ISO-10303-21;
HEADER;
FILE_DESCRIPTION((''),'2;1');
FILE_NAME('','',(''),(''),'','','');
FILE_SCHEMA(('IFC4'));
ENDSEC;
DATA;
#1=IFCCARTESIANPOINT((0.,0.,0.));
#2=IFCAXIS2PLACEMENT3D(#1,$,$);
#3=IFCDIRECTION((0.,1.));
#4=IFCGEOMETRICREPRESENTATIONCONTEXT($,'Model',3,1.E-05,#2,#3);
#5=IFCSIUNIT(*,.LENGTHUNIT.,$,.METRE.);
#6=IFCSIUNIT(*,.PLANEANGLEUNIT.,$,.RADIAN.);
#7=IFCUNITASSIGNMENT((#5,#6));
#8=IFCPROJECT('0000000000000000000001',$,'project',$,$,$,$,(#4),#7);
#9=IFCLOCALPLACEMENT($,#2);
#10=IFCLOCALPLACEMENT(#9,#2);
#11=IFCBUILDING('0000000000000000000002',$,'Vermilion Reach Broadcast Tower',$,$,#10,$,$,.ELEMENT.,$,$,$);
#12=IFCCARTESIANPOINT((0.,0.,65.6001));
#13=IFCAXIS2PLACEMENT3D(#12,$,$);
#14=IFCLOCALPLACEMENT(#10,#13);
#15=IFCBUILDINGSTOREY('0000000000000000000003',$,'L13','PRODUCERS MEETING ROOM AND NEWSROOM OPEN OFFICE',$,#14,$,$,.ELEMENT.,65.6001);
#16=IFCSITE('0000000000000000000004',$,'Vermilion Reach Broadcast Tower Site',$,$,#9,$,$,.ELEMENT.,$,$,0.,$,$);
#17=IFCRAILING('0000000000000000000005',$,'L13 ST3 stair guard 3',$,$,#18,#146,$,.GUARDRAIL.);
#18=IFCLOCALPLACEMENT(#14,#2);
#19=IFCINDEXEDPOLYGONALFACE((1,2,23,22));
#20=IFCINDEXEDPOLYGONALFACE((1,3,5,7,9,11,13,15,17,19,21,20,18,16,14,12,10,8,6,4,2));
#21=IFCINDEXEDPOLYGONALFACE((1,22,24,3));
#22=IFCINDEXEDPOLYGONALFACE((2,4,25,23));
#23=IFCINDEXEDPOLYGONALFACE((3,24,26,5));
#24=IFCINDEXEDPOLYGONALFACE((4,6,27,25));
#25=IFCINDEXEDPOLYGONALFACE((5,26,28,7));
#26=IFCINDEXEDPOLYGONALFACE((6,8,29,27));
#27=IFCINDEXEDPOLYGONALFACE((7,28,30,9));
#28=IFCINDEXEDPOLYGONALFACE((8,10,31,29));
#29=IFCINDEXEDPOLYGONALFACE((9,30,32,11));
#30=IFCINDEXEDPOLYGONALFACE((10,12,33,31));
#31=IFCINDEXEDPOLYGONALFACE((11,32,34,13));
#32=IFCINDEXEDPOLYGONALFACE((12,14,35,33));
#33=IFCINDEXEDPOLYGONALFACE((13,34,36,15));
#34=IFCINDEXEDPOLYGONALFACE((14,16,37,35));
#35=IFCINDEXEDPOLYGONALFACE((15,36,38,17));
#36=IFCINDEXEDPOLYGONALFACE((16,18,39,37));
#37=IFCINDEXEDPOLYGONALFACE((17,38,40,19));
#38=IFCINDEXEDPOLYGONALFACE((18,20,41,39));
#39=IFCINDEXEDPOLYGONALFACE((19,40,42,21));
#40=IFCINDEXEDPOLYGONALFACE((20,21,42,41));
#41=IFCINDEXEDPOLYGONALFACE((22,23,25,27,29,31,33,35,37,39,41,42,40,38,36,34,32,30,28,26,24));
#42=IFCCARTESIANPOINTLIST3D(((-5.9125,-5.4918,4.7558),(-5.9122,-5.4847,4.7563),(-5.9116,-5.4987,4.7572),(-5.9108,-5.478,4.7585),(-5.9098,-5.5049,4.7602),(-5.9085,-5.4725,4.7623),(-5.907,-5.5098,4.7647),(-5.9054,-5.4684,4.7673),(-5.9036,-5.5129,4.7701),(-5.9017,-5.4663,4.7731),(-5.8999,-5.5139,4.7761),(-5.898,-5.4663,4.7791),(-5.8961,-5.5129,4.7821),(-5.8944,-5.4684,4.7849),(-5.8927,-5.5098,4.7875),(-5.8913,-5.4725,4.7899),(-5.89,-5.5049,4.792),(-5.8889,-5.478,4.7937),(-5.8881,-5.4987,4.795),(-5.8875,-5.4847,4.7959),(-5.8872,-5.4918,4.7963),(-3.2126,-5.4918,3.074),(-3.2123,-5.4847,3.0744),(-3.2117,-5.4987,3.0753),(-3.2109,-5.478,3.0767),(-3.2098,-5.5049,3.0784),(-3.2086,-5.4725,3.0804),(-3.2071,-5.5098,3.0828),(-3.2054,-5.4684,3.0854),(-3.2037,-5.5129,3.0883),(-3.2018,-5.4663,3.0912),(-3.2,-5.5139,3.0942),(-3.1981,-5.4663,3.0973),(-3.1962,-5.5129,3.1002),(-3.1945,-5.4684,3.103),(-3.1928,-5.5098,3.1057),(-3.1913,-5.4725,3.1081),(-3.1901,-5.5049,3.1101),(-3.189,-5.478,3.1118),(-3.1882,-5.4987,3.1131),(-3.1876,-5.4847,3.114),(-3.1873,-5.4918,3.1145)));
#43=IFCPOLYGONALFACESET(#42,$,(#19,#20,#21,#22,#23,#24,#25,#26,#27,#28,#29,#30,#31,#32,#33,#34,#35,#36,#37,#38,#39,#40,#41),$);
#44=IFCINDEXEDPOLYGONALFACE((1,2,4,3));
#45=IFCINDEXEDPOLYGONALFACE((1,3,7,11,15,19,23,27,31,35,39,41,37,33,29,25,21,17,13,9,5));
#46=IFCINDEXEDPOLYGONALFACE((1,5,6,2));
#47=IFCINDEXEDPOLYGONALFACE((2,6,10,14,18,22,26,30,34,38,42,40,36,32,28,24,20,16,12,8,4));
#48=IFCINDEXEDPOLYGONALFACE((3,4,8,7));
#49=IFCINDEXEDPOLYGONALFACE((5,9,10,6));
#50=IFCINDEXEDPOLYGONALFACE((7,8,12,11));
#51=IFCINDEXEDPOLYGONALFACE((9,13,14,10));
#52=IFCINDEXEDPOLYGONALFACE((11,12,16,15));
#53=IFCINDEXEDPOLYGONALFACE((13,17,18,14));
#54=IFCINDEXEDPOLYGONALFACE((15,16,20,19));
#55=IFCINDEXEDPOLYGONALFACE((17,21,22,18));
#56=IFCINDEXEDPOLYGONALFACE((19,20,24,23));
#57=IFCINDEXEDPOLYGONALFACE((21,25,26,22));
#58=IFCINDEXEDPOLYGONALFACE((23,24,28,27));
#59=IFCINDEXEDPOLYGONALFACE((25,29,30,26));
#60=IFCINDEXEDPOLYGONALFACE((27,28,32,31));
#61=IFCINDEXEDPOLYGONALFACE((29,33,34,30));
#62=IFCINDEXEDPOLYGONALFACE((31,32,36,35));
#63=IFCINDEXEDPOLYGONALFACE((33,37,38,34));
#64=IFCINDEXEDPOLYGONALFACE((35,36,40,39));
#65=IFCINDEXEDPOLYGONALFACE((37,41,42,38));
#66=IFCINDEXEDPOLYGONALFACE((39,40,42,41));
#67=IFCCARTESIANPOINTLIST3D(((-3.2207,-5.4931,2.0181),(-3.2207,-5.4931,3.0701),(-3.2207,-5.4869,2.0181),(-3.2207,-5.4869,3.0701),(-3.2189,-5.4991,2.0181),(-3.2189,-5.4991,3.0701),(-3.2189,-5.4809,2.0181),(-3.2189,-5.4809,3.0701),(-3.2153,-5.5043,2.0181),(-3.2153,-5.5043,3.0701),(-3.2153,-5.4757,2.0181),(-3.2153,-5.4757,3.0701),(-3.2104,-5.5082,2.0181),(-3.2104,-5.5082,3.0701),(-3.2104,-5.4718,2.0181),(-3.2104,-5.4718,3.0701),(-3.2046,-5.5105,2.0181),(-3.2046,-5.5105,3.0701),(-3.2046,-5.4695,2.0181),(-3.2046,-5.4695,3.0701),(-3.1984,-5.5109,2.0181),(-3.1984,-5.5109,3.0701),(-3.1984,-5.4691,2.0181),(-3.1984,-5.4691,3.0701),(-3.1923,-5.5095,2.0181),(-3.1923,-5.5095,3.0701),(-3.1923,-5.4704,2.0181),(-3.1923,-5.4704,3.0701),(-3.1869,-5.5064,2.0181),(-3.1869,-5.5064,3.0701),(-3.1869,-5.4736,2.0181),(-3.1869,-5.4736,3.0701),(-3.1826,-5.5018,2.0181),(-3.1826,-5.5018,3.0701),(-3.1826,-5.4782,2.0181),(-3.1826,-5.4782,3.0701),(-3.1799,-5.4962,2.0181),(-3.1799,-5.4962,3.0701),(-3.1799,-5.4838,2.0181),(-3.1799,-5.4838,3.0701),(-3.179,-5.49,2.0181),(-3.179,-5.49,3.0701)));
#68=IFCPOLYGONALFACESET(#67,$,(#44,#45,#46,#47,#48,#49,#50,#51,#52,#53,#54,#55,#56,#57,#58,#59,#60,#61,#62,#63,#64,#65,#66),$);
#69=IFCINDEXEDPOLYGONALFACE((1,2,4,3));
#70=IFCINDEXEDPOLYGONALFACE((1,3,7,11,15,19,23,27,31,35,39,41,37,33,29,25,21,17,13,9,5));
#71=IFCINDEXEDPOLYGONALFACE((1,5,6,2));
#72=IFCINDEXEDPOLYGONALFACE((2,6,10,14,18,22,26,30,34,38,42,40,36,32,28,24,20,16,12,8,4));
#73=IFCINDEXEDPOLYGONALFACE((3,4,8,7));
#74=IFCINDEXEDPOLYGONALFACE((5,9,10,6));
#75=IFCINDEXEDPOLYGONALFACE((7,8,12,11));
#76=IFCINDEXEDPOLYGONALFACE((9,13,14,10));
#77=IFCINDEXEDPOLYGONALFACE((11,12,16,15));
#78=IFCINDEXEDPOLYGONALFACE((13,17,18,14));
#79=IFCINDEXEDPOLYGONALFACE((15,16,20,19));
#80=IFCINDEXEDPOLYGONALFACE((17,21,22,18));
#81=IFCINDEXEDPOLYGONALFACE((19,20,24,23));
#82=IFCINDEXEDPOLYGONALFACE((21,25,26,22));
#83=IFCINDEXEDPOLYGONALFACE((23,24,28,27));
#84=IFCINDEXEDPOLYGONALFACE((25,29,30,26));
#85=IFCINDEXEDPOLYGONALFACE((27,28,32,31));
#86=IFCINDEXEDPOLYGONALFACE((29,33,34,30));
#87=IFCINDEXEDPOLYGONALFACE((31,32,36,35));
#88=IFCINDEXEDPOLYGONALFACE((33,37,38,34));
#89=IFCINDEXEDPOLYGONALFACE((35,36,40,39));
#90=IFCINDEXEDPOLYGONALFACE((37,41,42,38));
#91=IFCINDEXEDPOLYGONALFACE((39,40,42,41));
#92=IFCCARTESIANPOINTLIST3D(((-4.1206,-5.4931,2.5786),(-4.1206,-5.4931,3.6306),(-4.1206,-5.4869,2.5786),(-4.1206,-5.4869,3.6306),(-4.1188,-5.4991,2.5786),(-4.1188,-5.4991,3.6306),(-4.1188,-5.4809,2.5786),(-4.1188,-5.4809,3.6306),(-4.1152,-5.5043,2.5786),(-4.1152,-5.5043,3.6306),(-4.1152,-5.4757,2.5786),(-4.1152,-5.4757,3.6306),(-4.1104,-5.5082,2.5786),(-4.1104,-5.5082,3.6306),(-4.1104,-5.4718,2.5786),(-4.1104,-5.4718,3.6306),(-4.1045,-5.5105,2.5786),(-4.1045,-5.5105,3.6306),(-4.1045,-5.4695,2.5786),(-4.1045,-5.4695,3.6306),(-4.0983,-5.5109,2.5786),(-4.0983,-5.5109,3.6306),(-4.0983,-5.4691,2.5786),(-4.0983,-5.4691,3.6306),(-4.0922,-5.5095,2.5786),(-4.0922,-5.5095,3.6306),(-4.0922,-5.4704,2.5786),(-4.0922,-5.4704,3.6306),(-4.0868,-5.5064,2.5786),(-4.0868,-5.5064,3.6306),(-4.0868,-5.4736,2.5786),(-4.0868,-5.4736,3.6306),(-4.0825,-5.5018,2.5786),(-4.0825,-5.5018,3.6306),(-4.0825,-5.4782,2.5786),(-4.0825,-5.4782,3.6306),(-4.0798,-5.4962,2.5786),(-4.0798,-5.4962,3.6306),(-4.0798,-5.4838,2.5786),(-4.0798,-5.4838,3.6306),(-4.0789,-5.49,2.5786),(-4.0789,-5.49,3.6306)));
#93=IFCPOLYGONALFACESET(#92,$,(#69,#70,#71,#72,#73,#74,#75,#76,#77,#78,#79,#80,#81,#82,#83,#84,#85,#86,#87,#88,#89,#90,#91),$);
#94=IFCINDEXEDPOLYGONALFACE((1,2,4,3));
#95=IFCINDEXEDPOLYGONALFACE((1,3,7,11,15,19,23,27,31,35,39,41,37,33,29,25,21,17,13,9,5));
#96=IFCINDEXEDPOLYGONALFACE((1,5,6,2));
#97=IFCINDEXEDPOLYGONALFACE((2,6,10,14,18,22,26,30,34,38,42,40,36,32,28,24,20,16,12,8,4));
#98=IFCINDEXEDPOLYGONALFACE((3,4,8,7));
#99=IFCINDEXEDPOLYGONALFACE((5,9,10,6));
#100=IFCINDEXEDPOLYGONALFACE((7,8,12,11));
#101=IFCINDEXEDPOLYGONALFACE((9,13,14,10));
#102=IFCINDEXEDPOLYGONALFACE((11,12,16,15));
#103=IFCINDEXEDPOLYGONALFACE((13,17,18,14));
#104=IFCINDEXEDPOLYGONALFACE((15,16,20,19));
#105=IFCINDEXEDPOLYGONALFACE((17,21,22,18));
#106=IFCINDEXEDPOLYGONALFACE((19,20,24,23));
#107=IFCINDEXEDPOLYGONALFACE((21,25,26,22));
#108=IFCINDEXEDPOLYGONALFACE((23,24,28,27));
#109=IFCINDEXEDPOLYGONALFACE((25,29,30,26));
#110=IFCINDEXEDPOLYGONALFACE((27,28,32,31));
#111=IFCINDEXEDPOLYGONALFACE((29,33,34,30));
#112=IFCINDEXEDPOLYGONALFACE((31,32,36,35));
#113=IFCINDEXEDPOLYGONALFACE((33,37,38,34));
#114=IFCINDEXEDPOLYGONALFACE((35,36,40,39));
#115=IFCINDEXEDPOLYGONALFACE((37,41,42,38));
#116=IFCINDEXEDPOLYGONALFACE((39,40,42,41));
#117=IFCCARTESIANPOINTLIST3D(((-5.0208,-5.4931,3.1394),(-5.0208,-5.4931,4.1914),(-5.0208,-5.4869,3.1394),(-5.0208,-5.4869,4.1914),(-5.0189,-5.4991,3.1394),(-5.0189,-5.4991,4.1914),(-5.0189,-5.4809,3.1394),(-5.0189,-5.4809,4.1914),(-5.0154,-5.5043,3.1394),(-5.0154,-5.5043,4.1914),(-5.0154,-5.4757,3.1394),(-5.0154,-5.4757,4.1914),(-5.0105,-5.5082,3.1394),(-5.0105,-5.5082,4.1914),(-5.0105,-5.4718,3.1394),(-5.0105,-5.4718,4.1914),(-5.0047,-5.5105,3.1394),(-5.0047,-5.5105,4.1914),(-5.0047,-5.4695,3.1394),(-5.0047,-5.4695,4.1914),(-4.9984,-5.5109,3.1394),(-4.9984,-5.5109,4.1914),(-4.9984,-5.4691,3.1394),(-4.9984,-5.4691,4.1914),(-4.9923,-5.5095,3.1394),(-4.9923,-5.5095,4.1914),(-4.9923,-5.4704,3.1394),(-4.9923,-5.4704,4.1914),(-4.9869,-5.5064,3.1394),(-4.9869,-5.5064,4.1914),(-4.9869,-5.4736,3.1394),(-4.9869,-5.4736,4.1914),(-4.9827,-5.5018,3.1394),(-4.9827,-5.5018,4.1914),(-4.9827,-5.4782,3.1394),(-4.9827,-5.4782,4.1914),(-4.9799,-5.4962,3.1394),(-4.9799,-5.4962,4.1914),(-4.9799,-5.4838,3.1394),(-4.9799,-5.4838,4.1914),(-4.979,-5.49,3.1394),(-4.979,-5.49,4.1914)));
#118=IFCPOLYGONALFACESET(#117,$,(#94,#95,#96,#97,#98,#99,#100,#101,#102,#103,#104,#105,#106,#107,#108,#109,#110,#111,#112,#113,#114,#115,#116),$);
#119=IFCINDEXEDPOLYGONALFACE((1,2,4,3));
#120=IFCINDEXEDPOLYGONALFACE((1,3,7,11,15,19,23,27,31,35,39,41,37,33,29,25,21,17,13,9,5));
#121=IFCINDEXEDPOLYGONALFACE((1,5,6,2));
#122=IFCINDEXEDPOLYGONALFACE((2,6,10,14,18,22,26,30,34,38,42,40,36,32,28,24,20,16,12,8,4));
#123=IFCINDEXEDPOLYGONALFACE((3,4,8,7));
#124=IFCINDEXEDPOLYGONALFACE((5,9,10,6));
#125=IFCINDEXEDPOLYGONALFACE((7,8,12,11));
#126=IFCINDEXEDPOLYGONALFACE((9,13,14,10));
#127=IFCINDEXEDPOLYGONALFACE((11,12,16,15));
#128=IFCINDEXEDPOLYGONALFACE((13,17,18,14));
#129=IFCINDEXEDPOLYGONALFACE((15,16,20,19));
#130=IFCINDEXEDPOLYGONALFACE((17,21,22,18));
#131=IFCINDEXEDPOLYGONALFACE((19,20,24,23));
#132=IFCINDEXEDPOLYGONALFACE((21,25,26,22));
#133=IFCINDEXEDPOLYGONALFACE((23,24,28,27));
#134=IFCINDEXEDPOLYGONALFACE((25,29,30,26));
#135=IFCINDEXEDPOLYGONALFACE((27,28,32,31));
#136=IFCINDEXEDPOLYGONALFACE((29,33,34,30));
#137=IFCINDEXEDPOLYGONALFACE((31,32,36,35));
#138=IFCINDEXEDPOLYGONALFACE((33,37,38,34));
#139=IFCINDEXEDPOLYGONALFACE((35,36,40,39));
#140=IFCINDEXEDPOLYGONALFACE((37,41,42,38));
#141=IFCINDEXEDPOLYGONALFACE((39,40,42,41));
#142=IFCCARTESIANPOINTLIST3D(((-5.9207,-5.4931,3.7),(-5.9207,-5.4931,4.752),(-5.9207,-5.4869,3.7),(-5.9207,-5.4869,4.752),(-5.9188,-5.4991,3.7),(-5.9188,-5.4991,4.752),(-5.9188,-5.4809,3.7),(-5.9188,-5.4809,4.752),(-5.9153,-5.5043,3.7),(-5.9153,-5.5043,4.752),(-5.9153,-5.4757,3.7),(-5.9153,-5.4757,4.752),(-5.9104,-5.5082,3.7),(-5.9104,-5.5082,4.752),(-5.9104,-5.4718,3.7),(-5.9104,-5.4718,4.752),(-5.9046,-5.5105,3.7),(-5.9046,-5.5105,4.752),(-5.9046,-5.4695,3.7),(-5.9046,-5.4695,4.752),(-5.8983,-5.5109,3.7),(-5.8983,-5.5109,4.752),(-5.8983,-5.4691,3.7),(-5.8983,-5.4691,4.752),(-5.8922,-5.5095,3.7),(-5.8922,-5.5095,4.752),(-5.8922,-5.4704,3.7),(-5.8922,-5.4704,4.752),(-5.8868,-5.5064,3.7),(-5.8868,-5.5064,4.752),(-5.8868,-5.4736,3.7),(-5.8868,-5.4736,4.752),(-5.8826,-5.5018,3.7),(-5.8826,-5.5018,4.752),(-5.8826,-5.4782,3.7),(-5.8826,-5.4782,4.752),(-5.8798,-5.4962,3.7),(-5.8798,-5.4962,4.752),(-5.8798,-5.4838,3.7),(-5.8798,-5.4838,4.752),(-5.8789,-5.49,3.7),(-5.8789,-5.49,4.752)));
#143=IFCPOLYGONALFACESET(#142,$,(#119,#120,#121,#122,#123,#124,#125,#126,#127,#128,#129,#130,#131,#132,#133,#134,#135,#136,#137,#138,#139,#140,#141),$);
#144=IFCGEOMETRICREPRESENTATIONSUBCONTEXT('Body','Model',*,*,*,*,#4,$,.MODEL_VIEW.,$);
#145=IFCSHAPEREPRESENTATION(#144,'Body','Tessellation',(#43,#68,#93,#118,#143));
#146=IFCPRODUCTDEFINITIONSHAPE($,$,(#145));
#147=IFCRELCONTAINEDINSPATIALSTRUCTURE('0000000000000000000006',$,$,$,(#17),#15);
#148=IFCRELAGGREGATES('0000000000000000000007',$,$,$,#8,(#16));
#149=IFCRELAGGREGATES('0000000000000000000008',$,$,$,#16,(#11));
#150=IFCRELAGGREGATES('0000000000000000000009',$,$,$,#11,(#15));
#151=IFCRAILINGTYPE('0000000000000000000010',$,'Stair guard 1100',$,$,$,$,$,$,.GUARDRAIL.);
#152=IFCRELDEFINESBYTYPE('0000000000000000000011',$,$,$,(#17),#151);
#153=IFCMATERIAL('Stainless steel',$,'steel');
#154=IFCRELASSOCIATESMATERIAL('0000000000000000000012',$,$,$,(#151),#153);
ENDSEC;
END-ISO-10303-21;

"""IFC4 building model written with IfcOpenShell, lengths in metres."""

from ifc_helpers import new_model, si_unit, direction, frame, origin, origin_2d, place, context, subcontext, project, spatial, circle, extrude, material, type_object, element, save


model = new_model("IFC4")

# Units and contexts
model_context = context("Model", 3, precision=1e-05, world=origin(), true_north=direction((0.0, 1.0)))
body_context = subcontext(model_context, "Body", "Model", "MODEL_VIEW")
ifc_project = project(units=[si_unit("LENGTHUNIT", "METRE"), si_unit("PLANEANGLEUNIT", "RADIAN")], contexts=[model_context])

# Site, building, storey
site_placement = place(None, origin())
site = spatial("IfcSite", under=ifc_project, at=site_placement, Name="Vermilion Reach Broadcast Tower Site", CompositionType="ELEMENT", RefElevation=0.0)
building_placement = place(site_placement, origin())
building = spatial("IfcBuilding", under=site, at=building_placement, Name="Vermilion Reach Broadcast Tower", CompositionType="ELEMENT")
storey_placement = place(building_placement, frame((0.0, 0.0, 65.6001)))
storey = spatial("IfcBuildingStorey", under=building, at=storey_placement, Name="L13", Description="PRODUCERS MEETING ROOM AND NEWSROOM OPEN OFFICE", CompositionType="ELEMENT", Elevation=65.6001)

# Railing
ifc_material_1 = material(Name="Stainless steel", Category="steel")
railing_type_1 = type_object("IfcRailingType", Name="Stair guard 1100", PredefinedType="GUARDRAIL", material=ifc_material_1)
railing_1_placement = place(storey_placement, frame((-3.2, -5.49, 2.0181)))
element("IfcRailing", 1, at=railing_1_placement, inside=storey, type_object=railing_type_1, Name="L13 ST3 stair guard 3", PredefinedType="GUARDRAIL", context=body_context, shape_type="SweptSolid", body=[
    extrude(circle(Radius=0.0239, at=origin_2d()), frame((0.0, 0.0, 1.0762), z_axis=(-0.848786, 0.0, 0.528736), x_axis=(0.0, -1.0, 0.0)), (0.0, 0.0, 1.0), 3.1809),
    extrude(circle(Radius=0.021, at=origin_2d()), origin(), (0.0, 0.0, 1.0), 1.052),
    extrude(circle(Radius=0.021, at=origin_2d()), frame((-0.8999, 0.0, 0.5605)), (0.0, 0.0, 1.0), 1.052),
    extrude(circle(Radius=0.021, at=origin_2d()), frame((-1.8, 0.0, 1.1213)), (0.0, 0.0, 1.0), 1.052),
    extrude(circle(Radius=0.021, at=origin_2d()), frame((-2.7, 0.0, 1.6819)), (0.0, 0.0, 1.0), 1.052),
])

save(model, "model.ifc")
